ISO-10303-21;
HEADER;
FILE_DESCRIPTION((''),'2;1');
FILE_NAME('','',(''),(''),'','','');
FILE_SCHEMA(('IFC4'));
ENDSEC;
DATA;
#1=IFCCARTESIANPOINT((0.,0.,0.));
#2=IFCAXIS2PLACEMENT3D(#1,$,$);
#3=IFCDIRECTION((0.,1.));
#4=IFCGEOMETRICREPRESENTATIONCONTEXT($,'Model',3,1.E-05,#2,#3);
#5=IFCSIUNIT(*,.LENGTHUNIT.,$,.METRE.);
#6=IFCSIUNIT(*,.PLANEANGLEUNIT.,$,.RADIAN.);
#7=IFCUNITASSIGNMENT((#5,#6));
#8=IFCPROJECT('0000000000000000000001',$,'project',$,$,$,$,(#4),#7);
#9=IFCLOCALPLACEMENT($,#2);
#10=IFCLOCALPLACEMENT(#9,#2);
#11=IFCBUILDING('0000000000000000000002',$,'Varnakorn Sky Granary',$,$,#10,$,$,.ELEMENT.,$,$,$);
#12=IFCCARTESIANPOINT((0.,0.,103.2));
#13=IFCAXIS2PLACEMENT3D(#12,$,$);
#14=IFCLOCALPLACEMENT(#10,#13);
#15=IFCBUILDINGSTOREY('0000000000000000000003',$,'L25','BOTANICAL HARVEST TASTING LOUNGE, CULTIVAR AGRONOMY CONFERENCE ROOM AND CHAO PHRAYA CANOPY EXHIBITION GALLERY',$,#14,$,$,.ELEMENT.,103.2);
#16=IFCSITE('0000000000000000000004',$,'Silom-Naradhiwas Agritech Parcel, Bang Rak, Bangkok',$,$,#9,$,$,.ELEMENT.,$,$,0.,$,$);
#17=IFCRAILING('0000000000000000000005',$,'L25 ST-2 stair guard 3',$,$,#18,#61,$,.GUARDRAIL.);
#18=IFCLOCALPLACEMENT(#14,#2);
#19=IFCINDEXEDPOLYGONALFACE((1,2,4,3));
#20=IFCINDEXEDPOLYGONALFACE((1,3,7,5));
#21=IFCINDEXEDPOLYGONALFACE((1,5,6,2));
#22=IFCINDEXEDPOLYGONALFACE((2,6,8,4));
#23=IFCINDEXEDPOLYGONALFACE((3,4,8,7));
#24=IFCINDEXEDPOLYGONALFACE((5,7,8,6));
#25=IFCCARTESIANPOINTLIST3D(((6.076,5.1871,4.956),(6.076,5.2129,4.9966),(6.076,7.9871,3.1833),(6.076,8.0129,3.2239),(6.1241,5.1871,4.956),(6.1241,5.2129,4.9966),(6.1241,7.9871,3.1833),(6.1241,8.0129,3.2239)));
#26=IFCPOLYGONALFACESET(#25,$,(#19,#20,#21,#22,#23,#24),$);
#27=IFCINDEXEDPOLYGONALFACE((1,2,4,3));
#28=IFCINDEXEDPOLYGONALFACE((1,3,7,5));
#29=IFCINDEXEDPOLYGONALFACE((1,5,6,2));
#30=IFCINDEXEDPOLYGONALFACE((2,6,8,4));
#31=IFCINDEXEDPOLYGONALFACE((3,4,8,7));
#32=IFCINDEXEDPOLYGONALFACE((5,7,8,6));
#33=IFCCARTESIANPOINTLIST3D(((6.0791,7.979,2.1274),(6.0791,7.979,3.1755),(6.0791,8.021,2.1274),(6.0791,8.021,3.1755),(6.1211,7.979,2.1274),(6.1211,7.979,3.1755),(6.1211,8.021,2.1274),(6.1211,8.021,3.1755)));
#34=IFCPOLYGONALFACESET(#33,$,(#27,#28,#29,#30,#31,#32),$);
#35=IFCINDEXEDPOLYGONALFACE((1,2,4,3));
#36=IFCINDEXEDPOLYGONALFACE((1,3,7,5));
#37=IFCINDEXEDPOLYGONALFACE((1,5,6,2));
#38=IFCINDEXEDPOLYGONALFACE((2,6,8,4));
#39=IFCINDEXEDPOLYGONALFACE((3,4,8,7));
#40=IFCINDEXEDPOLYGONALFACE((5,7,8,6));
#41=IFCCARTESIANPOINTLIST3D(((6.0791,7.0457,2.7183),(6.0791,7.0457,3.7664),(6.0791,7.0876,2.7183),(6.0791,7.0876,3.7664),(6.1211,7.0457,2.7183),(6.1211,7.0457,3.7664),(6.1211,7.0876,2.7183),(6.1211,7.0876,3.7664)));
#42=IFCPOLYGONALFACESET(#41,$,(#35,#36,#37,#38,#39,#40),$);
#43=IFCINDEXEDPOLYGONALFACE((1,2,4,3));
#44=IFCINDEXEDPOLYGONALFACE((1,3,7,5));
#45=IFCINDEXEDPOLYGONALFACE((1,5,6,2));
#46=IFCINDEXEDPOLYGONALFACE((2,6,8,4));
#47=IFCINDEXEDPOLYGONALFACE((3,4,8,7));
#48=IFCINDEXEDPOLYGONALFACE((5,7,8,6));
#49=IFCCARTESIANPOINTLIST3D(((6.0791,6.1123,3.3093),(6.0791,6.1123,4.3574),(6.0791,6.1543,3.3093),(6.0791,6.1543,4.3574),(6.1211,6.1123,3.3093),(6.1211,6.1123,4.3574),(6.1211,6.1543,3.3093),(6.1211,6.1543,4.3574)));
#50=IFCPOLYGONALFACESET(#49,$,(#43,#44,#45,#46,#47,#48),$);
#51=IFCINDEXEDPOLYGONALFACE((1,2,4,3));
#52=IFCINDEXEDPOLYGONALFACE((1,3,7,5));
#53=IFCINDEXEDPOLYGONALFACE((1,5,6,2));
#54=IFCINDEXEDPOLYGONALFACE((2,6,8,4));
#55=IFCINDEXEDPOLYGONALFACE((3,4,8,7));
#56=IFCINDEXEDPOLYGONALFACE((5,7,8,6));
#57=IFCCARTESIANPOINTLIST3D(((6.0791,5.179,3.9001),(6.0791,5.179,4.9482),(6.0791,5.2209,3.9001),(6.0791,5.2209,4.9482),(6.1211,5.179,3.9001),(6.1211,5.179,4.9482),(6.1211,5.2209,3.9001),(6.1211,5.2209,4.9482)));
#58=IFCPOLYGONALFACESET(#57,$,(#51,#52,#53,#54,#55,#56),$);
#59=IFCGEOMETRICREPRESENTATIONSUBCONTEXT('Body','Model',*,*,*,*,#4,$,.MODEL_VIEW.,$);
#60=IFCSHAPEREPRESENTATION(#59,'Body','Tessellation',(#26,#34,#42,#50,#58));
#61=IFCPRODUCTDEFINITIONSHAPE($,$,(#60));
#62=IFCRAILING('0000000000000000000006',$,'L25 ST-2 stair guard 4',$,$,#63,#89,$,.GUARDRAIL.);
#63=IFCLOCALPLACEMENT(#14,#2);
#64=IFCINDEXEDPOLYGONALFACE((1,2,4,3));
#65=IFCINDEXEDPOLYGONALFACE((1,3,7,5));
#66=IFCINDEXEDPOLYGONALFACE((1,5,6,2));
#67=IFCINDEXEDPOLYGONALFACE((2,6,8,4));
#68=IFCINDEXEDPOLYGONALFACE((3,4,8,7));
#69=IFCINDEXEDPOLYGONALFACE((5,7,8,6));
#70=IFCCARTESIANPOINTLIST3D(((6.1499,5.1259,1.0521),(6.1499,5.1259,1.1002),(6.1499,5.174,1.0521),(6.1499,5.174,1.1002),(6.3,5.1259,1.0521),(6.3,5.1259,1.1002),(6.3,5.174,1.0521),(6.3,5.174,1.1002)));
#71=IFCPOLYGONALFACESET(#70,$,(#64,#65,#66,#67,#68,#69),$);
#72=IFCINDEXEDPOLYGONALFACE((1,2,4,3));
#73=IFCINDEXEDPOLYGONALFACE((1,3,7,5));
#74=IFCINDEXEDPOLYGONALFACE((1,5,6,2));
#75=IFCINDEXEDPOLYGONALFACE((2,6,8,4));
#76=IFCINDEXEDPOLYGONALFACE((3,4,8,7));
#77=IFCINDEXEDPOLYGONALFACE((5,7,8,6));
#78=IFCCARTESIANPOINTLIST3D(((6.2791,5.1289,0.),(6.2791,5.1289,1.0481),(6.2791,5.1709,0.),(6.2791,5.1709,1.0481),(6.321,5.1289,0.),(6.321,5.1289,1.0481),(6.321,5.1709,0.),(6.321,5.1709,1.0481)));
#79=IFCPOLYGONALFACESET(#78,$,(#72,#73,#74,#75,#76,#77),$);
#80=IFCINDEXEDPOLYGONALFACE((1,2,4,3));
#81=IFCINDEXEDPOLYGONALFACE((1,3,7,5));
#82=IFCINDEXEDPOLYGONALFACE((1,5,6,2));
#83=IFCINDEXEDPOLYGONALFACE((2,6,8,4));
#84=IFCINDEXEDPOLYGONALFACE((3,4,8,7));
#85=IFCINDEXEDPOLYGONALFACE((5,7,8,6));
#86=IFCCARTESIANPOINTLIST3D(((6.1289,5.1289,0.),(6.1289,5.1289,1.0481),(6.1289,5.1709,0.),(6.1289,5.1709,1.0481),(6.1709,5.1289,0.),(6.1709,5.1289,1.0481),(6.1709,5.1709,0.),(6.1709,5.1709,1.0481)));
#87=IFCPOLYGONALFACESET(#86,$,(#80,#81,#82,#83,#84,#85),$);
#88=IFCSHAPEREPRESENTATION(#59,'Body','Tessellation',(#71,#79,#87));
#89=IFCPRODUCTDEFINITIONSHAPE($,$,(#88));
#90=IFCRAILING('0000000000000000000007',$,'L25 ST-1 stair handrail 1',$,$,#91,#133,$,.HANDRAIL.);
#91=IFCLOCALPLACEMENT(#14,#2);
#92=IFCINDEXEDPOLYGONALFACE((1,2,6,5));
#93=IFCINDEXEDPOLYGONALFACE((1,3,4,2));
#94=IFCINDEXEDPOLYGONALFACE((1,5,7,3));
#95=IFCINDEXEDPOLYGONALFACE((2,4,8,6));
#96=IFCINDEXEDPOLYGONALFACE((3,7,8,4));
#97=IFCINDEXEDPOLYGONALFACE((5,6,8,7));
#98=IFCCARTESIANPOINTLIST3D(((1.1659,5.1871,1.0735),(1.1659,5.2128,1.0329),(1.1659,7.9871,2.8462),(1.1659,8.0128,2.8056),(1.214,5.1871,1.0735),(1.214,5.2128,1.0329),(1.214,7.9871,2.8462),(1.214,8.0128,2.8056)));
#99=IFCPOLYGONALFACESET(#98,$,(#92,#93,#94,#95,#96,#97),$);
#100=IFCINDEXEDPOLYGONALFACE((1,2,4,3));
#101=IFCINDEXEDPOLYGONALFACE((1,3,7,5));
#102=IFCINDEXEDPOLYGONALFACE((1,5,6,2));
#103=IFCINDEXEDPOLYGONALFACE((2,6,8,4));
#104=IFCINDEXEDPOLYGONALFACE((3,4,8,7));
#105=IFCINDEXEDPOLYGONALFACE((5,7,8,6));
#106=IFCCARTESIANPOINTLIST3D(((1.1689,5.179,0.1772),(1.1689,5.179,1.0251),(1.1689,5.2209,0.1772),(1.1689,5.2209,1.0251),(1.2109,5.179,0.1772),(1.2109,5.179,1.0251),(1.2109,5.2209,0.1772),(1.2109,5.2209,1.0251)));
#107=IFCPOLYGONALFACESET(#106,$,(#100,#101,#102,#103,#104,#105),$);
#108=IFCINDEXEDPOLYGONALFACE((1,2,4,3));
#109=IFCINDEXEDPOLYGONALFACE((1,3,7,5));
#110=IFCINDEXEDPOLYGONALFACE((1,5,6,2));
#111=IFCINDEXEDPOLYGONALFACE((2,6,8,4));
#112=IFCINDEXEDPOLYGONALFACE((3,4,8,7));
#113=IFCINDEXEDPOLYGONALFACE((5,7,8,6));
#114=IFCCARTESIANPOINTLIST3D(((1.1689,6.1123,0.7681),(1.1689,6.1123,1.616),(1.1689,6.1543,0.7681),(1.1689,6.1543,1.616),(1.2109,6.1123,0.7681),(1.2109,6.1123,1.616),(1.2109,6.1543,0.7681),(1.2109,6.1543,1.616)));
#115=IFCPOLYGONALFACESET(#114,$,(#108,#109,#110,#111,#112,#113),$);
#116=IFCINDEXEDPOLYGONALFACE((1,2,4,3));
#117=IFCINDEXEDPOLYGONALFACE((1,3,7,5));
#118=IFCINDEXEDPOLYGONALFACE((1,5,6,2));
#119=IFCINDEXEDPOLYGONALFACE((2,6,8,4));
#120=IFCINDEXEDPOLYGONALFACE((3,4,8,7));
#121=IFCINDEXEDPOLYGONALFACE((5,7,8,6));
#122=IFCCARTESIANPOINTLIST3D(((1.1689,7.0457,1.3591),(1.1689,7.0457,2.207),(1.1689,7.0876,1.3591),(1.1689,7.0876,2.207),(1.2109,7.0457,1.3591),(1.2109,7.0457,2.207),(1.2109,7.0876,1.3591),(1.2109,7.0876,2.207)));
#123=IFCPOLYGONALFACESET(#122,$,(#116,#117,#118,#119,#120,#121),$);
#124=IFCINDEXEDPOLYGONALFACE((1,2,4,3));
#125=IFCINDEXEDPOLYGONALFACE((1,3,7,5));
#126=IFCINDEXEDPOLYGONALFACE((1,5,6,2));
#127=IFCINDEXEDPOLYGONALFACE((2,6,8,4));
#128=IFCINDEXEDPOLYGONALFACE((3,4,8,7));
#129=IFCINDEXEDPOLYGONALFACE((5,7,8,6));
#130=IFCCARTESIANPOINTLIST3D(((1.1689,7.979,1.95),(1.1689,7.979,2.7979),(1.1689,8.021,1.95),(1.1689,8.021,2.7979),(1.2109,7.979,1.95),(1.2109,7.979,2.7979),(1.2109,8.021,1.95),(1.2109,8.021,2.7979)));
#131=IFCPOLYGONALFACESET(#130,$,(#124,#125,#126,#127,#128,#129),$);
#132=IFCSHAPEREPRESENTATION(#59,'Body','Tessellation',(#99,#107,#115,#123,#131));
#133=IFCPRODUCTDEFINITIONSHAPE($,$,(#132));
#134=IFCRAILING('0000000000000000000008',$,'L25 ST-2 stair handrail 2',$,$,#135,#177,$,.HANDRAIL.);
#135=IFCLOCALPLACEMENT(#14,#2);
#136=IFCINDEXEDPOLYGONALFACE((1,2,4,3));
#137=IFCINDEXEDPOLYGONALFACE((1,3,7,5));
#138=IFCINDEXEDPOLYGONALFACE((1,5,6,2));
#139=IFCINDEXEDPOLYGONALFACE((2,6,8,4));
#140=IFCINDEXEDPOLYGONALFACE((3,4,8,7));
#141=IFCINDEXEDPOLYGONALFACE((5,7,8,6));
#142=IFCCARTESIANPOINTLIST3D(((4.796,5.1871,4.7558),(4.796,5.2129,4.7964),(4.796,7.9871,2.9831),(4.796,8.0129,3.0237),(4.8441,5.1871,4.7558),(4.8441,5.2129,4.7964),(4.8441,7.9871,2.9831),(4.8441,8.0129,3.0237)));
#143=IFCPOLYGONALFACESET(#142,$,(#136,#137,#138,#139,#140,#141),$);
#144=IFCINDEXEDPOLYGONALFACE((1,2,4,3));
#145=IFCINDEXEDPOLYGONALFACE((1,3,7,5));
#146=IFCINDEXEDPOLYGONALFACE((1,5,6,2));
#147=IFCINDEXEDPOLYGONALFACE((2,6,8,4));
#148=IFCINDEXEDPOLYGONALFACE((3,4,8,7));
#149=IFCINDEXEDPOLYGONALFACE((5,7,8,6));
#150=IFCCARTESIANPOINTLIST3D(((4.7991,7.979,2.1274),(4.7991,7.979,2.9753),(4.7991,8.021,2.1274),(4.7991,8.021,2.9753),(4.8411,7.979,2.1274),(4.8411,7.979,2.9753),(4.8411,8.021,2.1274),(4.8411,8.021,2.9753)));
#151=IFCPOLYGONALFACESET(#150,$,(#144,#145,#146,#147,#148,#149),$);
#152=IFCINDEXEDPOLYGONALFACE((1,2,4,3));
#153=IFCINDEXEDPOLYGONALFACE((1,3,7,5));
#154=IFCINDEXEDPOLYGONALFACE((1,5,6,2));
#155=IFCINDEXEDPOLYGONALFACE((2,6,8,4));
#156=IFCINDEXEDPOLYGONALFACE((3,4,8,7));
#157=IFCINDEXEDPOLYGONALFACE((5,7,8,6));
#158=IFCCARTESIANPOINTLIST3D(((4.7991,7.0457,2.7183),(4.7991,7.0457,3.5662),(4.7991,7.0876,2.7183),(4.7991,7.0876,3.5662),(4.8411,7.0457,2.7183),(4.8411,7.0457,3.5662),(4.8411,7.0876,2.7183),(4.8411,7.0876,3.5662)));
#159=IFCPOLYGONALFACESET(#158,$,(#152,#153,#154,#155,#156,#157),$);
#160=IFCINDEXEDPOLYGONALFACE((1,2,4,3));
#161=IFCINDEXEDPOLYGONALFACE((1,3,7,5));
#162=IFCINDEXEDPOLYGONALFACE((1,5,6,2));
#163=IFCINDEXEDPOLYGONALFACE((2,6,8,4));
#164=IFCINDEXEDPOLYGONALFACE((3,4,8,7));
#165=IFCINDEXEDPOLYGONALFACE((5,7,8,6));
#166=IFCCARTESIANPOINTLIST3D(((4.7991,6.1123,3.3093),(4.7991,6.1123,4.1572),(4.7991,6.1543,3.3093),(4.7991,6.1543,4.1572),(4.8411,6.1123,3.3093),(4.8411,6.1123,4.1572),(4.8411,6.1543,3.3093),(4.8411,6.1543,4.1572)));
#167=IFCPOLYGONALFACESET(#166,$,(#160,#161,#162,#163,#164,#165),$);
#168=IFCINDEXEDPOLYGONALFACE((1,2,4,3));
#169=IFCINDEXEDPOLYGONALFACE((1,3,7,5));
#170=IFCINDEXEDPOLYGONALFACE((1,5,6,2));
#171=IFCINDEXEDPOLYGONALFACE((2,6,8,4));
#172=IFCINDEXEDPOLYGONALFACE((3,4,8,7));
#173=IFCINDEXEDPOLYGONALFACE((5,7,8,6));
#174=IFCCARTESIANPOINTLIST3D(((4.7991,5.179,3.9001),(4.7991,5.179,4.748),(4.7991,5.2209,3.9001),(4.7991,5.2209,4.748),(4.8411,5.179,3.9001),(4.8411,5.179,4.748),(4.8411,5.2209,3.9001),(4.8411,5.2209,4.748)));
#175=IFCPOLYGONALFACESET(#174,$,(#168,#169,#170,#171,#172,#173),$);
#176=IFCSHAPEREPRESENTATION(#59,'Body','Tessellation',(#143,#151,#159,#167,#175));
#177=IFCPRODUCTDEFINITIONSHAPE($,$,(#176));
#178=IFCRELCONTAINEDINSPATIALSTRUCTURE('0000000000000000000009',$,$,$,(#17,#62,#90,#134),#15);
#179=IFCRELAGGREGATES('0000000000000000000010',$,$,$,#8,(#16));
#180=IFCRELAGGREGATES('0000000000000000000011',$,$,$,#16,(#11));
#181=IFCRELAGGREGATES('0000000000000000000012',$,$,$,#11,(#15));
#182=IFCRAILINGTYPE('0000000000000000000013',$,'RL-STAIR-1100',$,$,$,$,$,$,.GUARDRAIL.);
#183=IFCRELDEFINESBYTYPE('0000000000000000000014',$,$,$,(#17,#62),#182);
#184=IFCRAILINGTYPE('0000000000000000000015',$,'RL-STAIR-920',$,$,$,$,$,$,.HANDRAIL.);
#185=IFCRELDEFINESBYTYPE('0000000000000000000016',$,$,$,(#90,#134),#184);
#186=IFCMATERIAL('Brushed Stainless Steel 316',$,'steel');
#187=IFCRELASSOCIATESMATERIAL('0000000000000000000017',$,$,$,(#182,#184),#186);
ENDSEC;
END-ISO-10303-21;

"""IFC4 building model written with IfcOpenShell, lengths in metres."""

from ifc_helpers import new_model, si_unit, direction, frame, origin, origin_2d, place, context, subcontext, project, spatial, rectangle, extrude, material, type_object, element, save


model = new_model("IFC4")

# Units and contexts
model_context = context("Model", 3, precision=1e-05, world=origin(), true_north=direction((0.0, 1.0)))
body_context = subcontext(model_context, "Body", "Model", "MODEL_VIEW")
ifc_project = project(units=[si_unit("LENGTHUNIT", "METRE"), si_unit("PLANEANGLEUNIT", "RADIAN")], contexts=[model_context])

# Site, building, storey
site_placement = place(None, origin())
site = spatial("IfcSite", under=ifc_project, at=site_placement, Name="Silom-Naradhiwas Agritech Parcel, Bang Rak, Bangkok", CompositionType="ELEMENT", RefElevation=0.0)
building_placement = place(site_placement, origin())
building = spatial("IfcBuilding", under=site, at=building_placement, Name="Varnakorn Sky Granary", CompositionType="ELEMENT")
storey_placement = place(building_placement, frame((0.0, 0.0, 103.2)))
storey = spatial("IfcBuildingStorey", under=building, at=storey_placement, Name="L25", Description="BOTANICAL HARVEST TASTING LOUNGE, CULTIVAR AGRONOMY CONFERENCE ROOM AND CHAO PHRAYA CANOPY EXHIBITION GALLERY", CompositionType="ELEMENT", Elevation=103.2)

# Railings
ifc_material_1 = material(Name="Brushed Stainless Steel 316", Category="steel")
railing_type_1 = type_object("IfcRailingType", Name="RL-STAIR-1100", PredefinedType="GUARDRAIL", material=ifc_material_1)
railing_1_placement = place(storey_placement, frame((6.1001, 8.0, 2.1274)))
element("IfcRailing", 1, at=railing_1_placement, inside=storey, type_object=railing_type_1, Name="L25 ST-2 stair guard 3", PredefinedType="GUARDRAIL", context=body_context, shape_type="SweptSolid", body=[
    extrude(rectangle(XDim=0.0481, YDim=0.0481, at=origin_2d()), frame((0.0, 0.0, 1.0762), z_axis=(0.0, -0.844909, 0.53491), x_axis=(1.0, 0.0, 0.0)), (0.0, 0.0, 1.0), 3.314),
    extrude(rectangle(XDim=0.042, YDim=0.042, at=origin_2d()), origin(), (0.0, 0.0, 1.0), 1.0481),
    extrude(rectangle(XDim=0.042, YDim=0.042, at=origin_2d()), frame((0.0, -0.9333, 0.5908)), (0.0, 0.0, 1.0), 1.0481),
    extrude(rectangle(XDim=0.042, YDim=0.042, at=origin_2d()), frame((0.0, -1.8667, 1.1819)), (0.0, 0.0, 1.0), 1.0481),
    extrude(rectangle(XDim=0.042, YDim=0.042, at=origin_2d()), frame((0.0, -2.8, 1.7727)), (0.0, 0.0, 1.0), 1.0481),
])
railing_2_placement = place(storey_placement, frame((6.3, 5.1499, 0.0)))
element("IfcRailing", 2, at=railing_2_placement, inside=storey, type_object=railing_type_1, Name="L25 ST-2 stair guard 4", PredefinedType="GUARDRAIL", context=body_context, shape_type="SweptSolid", body=[
    extrude(rectangle(XDim=0.0481, YDim=0.0481, at=origin_2d()), frame((0.0, 0.0, 1.0762), z_axis=(-1.0, 0.0, 0.0), x_axis=(0.0, -1.0, 0.0)), (0.0, 0.0, 1.0), 0.1501),
    extrude(rectangle(XDim=0.042, YDim=0.042, at=origin_2d()), origin(), (0.0, 0.0, 1.0), 1.0481),
    extrude(rectangle(XDim=0.042, YDim=0.042, at=origin_2d()), frame((-0.1501, 0.0, 0.0)), (0.0, 0.0, 1.0), 1.0481),
])
railing_type_2 = type_object("IfcRailingType", Name="RL-STAIR-920", PredefinedType="HANDRAIL", material=ifc_material_1)
railing_3_placement = place(storey_placement, frame((1.1899, 5.2, 0.1772)))
element("IfcRailing", 3, at=railing_3_placement, inside=storey, type_object=railing_type_2, Name="L25 ST-1 stair handrail 1", PredefinedType="HANDRAIL", context=body_context, shape_type="SweptSolid", body=[
    extrude(rectangle(XDim=0.0481, YDim=0.0481, at=origin_2d()), frame((0.0, 0.0, 0.876), z_axis=(0.0, 0.844909, 0.53491), x_axis=(-1.0, 0.0, 0.0)), (0.0, 0.0, 1.0), 3.314),
    extrude(rectangle(XDim=0.042, YDim=0.042, at=origin_2d()), origin(), (0.0, 0.0, 1.0), 0.8479),
    extrude(rectangle(XDim=0.042, YDim=0.042, at=origin_2d()), frame((0.0, 0.9333, 0.5908)), (0.0, 0.0, 1.0), 0.8479),
    extrude(rectangle(XDim=0.042, YDim=0.042, at=origin_2d()), frame((0.0, 1.8667, 1.1819)), (0.0, 0.0, 1.0), 0.8479),
    extrude(rectangle(XDim=0.042, YDim=0.042, at=origin_2d()), frame((0.0, 2.8, 1.7727)), (0.0, 0.0, 1.0), 0.8479),
])
railing_4_placement = place(storey_placement, frame((4.8201, 8.0, 2.1274)))
element("IfcRailing", 4, at=railing_4_placement, inside=storey, type_object=railing_type_2, Name="L25 ST-2 stair handrail 2", PredefinedType="HANDRAIL", context=body_context, shape_type="SweptSolid", body=[
    extrude(rectangle(XDim=0.0481, YDim=0.0481, at=origin_2d()), frame((0.0, 0.0, 0.876), z_axis=(0.0, -0.844909, 0.53491), x_axis=(1.0, 0.0, 0.0)), (0.0, 0.0, 1.0), 3.314),
    extrude(rectangle(XDim=0.042, YDim=0.042, at=origin_2d()), origin(), (0.0, 0.0, 1.0), 0.8479),
    extrude(rectangle(XDim=0.042, YDim=0.042, at=origin_2d()), frame((0.0, -0.9333, 0.5908)), (0.0, 0.0, 1.0), 0.8479),
    extrude(rectangle(XDim=0.042, YDim=0.042, at=origin_2d()), frame((0.0, -1.8667, 1.1819)), (0.0, 0.0, 1.0), 0.8479),
    extrude(rectangle(XDim=0.042, YDim=0.042, at=origin_2d()), frame((0.0, -2.8, 1.7727)), (0.0, 0.0, 1.0), 0.8479),
])

save(model, "model.ifc")
